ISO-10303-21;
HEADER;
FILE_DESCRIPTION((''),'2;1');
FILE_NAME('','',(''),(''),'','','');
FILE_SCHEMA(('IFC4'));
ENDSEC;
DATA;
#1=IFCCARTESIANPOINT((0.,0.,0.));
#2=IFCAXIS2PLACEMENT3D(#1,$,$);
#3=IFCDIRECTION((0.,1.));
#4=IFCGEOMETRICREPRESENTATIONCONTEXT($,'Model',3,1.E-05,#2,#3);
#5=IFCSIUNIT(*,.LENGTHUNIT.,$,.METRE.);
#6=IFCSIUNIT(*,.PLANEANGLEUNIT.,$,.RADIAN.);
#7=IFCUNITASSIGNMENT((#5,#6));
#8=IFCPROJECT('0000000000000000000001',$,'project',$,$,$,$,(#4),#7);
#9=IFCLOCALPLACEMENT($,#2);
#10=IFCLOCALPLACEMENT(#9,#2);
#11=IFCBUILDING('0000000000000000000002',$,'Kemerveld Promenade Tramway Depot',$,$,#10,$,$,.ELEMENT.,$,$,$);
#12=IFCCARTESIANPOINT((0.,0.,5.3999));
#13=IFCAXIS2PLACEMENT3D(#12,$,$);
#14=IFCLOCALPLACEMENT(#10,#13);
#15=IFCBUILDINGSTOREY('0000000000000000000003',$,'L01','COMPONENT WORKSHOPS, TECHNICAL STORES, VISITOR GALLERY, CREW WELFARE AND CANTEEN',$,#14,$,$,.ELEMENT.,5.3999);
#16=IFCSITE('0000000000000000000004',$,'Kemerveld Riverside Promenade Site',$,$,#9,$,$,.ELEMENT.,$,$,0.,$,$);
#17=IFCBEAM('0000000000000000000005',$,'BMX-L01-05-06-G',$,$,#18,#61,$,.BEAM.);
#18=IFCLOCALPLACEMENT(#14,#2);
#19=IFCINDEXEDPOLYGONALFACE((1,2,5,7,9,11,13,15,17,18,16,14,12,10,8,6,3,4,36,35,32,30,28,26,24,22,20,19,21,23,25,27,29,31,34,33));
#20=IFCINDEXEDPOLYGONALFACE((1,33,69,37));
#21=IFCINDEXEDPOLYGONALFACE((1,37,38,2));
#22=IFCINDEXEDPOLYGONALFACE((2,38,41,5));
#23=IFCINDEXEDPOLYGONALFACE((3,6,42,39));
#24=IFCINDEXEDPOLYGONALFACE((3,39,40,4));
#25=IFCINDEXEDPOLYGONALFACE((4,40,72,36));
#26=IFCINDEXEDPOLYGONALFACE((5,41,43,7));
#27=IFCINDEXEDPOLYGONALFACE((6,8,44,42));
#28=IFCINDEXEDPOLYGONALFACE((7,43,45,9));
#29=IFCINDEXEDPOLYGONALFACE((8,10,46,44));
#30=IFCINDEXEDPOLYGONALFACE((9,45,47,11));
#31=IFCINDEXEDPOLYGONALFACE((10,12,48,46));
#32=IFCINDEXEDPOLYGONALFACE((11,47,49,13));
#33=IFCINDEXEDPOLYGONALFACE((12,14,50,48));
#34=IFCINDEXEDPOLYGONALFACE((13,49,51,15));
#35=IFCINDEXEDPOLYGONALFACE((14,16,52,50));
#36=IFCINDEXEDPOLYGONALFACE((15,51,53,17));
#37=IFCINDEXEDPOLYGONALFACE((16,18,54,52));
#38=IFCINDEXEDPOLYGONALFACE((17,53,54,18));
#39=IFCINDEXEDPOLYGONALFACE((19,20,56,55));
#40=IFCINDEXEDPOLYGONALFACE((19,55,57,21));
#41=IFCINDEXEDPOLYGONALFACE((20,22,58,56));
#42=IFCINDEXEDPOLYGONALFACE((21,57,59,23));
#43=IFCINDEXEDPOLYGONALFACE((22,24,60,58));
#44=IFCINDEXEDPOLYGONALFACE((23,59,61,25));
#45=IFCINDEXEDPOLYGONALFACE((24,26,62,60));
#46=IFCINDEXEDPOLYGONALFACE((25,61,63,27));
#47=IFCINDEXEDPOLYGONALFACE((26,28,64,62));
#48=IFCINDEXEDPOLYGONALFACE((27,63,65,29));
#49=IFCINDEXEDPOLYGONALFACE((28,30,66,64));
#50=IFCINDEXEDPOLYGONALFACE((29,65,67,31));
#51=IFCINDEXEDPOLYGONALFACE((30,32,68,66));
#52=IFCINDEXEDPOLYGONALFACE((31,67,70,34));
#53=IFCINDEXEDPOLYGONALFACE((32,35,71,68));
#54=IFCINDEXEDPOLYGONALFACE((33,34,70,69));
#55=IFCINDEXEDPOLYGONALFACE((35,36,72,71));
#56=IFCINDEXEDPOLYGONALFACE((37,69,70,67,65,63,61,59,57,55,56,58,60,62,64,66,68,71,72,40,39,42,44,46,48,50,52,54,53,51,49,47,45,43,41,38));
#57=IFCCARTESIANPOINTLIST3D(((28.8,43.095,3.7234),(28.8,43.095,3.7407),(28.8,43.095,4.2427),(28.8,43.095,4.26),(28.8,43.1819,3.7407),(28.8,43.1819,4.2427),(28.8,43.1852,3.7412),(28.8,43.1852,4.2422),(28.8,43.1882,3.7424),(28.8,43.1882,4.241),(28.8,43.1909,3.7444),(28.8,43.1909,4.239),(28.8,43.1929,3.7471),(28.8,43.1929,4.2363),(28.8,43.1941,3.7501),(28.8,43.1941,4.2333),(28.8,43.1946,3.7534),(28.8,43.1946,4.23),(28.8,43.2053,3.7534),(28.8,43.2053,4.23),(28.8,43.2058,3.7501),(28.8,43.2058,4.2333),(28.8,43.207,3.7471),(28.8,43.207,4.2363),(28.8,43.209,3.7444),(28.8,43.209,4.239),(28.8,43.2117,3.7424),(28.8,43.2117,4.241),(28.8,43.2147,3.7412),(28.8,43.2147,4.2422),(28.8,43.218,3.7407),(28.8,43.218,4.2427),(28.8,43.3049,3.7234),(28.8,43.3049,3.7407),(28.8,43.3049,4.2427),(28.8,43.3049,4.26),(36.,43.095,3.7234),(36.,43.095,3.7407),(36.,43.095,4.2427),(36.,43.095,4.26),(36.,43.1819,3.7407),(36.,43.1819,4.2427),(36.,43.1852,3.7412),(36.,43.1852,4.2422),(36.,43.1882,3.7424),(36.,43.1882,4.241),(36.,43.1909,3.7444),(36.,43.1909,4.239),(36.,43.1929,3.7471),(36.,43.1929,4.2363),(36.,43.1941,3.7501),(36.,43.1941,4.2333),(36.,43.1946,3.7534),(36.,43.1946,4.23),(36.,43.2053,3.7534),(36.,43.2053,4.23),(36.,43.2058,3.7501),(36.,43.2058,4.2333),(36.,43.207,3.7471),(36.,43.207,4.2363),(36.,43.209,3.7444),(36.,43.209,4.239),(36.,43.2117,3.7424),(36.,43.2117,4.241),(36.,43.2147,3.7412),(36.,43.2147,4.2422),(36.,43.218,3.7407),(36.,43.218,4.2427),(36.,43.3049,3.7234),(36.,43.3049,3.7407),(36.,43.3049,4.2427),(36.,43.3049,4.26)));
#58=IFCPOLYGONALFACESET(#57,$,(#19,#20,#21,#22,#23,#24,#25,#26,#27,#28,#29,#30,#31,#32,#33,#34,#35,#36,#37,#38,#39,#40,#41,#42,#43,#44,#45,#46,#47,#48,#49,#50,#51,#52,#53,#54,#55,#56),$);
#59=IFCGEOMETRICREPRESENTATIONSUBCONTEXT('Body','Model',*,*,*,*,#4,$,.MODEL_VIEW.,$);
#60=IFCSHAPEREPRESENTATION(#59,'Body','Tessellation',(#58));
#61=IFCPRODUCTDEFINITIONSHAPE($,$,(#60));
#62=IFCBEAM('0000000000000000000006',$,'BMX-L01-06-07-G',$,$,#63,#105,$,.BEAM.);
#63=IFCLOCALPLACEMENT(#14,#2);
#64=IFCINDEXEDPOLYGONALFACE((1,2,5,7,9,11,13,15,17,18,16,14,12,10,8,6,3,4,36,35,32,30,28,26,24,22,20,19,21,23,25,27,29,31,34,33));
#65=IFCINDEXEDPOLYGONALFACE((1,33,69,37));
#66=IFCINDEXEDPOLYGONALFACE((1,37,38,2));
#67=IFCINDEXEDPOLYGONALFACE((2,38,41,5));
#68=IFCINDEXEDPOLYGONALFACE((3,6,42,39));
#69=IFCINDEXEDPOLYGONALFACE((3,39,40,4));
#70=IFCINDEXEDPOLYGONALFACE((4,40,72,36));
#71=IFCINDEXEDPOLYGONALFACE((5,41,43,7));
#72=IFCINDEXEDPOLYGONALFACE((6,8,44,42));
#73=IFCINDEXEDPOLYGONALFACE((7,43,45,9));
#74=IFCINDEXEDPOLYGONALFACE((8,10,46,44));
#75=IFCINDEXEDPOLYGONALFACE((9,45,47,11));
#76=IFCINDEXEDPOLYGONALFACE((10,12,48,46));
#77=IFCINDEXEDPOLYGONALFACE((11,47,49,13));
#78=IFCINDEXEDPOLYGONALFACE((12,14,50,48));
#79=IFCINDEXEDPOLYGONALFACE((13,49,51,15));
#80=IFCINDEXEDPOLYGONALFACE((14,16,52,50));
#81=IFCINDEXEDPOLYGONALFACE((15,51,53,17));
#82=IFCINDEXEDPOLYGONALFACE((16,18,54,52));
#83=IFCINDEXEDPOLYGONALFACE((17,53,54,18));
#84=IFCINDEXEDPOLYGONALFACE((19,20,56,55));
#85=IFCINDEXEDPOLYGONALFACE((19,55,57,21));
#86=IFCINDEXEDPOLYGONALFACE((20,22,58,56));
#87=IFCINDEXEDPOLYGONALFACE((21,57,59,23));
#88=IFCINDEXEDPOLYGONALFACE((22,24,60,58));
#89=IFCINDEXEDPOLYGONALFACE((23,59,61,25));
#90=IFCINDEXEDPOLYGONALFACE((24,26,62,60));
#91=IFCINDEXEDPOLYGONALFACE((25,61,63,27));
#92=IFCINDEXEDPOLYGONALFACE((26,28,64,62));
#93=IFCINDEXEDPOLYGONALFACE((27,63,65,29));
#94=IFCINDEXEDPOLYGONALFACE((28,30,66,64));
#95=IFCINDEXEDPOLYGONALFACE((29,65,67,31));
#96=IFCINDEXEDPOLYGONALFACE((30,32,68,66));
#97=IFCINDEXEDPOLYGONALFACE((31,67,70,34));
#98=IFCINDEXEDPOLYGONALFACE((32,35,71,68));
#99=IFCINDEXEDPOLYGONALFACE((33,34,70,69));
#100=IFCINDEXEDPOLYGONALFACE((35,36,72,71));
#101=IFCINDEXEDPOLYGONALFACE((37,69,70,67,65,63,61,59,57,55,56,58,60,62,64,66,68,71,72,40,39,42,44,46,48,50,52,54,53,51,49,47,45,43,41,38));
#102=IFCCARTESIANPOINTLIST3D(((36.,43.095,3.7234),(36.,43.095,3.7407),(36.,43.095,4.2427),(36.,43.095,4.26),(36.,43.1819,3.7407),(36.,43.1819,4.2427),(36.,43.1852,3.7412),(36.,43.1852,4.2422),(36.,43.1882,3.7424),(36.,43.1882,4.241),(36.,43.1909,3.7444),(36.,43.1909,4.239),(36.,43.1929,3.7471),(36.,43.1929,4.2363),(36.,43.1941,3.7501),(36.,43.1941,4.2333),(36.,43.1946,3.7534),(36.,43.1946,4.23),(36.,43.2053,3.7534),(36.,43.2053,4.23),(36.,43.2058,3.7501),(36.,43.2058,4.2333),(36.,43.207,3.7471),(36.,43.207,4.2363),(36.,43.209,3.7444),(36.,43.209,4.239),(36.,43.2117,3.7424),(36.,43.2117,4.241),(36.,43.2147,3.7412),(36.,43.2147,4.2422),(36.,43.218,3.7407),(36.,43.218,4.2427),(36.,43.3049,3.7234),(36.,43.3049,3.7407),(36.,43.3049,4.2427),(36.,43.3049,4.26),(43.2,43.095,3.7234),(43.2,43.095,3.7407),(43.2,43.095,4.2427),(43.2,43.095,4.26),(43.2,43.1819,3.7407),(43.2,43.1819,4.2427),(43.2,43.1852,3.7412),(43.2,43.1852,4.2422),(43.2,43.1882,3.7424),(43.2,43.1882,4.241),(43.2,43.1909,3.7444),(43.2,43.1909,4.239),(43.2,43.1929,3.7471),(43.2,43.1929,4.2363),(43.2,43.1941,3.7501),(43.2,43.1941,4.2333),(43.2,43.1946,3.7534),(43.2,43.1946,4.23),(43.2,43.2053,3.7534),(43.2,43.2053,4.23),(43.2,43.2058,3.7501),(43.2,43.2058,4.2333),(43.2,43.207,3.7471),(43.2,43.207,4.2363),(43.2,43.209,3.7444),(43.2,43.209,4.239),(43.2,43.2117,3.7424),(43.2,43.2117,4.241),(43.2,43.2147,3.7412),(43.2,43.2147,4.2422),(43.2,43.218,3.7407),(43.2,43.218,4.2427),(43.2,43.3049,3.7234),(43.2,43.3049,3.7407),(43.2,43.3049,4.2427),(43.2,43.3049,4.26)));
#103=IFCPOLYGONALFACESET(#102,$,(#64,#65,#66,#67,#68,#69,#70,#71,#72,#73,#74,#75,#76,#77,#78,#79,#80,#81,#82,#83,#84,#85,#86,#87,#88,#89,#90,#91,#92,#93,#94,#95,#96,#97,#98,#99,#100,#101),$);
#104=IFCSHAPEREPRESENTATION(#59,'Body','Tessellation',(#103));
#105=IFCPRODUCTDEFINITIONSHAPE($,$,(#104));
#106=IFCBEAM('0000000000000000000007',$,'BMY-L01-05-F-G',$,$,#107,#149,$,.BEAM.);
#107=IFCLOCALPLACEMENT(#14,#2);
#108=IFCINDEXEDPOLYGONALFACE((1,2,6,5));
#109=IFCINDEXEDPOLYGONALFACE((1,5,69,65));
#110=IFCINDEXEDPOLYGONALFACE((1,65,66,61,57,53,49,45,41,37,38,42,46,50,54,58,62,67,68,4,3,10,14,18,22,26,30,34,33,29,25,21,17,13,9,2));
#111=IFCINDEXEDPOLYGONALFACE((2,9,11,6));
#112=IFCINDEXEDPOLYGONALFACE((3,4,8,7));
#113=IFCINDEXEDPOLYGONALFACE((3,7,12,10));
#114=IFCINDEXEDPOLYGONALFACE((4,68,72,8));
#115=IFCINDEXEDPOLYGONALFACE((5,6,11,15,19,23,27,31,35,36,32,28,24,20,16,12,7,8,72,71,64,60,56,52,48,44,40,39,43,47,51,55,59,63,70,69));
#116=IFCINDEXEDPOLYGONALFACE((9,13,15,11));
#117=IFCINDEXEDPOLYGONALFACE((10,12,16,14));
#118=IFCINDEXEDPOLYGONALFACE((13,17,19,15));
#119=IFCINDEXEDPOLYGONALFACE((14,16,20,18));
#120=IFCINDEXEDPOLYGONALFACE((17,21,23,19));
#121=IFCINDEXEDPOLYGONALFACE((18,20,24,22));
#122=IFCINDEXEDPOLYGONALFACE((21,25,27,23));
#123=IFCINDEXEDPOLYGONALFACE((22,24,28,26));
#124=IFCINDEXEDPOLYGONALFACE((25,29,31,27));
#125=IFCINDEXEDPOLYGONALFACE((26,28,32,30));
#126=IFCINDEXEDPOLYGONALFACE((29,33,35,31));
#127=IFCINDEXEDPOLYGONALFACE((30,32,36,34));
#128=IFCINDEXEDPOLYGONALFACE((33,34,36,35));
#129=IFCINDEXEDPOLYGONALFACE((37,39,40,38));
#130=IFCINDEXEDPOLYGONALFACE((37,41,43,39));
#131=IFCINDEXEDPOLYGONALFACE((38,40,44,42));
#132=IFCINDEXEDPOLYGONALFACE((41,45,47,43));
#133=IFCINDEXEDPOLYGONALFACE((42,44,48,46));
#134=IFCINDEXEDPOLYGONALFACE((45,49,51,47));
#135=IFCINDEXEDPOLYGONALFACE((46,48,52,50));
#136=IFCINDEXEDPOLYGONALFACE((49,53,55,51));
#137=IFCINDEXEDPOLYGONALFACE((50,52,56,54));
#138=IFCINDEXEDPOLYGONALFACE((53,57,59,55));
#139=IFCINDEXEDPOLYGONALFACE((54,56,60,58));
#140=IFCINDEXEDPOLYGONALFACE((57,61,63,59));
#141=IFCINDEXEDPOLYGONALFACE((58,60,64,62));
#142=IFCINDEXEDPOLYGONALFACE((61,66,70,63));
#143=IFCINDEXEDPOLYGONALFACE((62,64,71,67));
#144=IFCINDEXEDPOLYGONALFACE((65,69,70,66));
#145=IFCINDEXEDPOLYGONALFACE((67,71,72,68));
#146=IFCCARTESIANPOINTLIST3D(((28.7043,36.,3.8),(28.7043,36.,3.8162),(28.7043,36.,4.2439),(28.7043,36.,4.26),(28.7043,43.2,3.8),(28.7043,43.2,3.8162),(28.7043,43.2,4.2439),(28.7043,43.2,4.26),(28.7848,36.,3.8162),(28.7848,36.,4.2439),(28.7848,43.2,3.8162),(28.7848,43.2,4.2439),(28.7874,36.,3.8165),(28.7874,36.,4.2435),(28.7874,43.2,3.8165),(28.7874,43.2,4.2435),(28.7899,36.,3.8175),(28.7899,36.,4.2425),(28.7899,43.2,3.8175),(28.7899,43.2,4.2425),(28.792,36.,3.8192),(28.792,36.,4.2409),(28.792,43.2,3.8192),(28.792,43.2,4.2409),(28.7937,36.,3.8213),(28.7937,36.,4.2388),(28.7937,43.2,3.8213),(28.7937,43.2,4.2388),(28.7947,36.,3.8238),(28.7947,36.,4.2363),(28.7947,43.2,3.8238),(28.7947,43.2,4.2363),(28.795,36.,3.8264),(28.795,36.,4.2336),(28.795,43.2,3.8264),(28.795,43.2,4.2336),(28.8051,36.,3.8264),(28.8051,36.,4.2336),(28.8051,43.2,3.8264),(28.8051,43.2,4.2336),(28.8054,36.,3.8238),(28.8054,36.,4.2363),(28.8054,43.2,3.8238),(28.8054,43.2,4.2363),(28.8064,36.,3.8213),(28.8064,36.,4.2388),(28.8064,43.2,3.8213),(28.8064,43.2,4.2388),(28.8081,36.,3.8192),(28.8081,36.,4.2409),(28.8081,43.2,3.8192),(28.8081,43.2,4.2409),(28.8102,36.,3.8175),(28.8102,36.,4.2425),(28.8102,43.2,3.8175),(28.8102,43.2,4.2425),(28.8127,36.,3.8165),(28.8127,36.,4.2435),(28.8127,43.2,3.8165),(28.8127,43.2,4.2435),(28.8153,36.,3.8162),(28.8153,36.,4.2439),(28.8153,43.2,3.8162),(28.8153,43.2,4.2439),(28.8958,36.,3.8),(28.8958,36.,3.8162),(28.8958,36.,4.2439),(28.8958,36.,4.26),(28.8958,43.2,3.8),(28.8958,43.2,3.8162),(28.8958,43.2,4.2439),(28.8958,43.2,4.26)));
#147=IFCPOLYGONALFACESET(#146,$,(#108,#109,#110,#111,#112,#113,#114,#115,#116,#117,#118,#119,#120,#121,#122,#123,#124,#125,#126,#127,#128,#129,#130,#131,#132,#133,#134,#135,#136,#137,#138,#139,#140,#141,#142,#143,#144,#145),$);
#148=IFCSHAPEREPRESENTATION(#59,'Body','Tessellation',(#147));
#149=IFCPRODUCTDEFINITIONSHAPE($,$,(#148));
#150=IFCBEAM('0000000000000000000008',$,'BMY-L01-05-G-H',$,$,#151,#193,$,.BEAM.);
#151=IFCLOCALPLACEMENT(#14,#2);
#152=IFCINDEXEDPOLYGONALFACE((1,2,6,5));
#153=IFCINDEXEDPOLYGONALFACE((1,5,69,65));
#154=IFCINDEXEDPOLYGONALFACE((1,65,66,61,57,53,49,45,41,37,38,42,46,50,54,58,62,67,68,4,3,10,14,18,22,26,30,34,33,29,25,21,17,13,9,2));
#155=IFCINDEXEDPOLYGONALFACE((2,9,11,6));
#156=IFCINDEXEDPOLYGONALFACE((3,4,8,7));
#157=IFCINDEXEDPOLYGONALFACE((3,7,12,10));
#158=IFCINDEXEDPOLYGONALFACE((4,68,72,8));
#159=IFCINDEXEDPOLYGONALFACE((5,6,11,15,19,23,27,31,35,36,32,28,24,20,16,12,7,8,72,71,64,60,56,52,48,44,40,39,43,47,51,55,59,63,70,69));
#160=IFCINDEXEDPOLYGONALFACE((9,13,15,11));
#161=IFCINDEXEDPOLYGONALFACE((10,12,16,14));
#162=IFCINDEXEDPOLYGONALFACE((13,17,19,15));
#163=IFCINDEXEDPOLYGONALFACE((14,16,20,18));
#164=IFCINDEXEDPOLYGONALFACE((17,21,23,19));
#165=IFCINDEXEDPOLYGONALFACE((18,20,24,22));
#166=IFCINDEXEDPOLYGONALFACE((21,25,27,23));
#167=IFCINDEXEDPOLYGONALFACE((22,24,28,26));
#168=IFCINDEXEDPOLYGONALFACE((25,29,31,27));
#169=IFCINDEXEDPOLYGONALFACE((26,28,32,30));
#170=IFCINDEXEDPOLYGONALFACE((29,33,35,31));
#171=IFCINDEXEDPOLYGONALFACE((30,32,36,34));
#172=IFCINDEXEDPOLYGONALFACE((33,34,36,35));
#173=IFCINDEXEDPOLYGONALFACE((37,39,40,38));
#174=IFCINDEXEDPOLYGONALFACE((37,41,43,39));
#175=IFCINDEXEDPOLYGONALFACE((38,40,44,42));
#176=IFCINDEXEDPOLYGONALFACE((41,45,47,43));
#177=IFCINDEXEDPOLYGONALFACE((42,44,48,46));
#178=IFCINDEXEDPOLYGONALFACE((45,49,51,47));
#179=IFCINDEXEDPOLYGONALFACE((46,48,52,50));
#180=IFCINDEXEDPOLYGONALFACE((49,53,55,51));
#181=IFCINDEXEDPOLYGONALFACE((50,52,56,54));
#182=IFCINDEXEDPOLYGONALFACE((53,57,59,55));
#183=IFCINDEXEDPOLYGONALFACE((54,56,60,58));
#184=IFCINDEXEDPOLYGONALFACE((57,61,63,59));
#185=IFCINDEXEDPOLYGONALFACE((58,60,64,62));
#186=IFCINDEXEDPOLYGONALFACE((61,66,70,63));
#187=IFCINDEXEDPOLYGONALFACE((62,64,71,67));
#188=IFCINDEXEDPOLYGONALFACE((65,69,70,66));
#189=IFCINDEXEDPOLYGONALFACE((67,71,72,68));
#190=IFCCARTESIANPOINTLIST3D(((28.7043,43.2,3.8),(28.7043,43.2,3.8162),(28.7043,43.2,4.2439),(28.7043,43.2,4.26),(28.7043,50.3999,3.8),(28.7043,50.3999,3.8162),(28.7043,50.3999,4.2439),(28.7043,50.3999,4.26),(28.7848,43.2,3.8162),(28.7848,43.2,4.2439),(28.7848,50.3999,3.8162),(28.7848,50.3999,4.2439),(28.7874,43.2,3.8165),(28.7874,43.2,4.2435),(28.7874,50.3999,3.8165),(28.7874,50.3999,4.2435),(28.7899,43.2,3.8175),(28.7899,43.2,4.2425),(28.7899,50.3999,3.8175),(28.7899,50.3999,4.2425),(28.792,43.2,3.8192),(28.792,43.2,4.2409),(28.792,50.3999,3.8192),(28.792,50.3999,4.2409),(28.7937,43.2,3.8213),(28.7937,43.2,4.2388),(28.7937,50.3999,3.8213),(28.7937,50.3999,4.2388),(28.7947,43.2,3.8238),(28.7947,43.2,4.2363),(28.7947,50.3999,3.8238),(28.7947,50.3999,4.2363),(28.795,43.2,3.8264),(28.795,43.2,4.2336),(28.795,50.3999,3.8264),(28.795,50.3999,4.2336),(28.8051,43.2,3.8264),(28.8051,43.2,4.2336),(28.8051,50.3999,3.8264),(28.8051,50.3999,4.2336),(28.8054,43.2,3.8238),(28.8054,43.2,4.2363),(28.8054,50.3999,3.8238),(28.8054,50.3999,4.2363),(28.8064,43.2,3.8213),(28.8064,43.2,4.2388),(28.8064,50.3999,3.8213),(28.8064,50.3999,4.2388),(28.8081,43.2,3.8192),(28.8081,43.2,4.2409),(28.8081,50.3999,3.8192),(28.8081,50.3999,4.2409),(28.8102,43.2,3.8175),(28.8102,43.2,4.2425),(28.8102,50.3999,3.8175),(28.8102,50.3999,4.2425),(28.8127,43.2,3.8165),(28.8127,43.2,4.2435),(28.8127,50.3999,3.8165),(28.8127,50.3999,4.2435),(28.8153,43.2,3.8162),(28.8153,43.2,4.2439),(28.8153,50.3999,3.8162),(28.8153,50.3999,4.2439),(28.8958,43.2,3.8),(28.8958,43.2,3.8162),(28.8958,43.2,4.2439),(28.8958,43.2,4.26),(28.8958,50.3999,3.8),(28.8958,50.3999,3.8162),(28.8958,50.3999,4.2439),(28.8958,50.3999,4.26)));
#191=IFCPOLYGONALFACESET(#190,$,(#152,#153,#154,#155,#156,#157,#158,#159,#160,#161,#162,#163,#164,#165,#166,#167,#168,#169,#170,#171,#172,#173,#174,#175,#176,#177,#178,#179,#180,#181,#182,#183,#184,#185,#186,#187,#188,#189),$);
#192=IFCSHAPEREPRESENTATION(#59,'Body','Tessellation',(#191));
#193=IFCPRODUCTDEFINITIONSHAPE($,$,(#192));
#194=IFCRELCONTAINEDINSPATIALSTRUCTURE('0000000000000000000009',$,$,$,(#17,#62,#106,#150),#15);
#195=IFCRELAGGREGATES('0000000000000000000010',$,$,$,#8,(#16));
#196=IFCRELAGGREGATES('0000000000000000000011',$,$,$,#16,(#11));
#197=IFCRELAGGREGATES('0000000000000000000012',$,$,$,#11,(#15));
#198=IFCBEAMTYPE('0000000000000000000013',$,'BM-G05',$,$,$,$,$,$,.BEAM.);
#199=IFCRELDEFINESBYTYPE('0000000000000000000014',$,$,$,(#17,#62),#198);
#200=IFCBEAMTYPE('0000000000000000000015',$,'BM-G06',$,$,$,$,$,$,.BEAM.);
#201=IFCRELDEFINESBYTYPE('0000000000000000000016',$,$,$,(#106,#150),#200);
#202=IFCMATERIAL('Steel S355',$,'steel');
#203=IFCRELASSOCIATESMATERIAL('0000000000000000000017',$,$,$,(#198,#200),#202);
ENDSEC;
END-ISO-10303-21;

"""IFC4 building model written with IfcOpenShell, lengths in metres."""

from ifc_helpers import new_model, si_unit, direction, frame, origin, origin_2d, place, context, subcontext, project, spatial, i_section, extrude, material, material_profile, profile_set, type_object, element, save


model = new_model("IFC4")

# Units and contexts
model_context = context("Model", 3, precision=1e-05, world=origin(), true_north=direction((0.0, 1.0)))
body_context = subcontext(model_context, "Body", "Model", "MODEL_VIEW")
ifc_project = project(units=[si_unit("LENGTHUNIT", "METRE"), si_unit("PLANEANGLEUNIT", "RADIAN")], contexts=[model_context])

# Site, building, storey
site_placement = place(None, origin())
site = spatial("IfcSite", under=ifc_project, at=site_placement, Name="Kemerveld Riverside Promenade Site", CompositionType="ELEMENT", RefElevation=0.0)
building_placement = place(site_placement, origin())
building = spatial("IfcBuilding", under=site, at=building_placement, Name="Kemerveld Promenade Tramway Depot", CompositionType="ELEMENT")
storey_placement = place(building_placement, frame((0.0, 0.0, 5.3999)))
storey = spatial("IfcBuildingStorey", under=building, at=storey_placement, Name="L01", Description="COMPONENT WORKSHOPS, TECHNICAL STORES, VISITOR GALLERY, CREW WELFARE AND CANTEEN", CompositionType="ELEMENT", Elevation=5.3999)

# Shared definitions
ifc_material_1 = material(Name="Steel S355", Category="steel")

# Beams
ifc_material_profile_1 = material_profile(ifc_material_1, i_section(OverallWidth=0.21, OverallDepth=0.5366, WebThickness=0.0107, FlangeThickness=0.0173, FilletRadius=0.0127, at=origin_2d()), Name="533x210x101 UB")
ifc_profile_set_1 = profile_set([ifc_material_profile_1], Name="Steel S355")
beam_type_1 = type_object("IfcBeamType", Name="BM-G05", PredefinedType="BEAM", material=ifc_profile_set_1)
for number, where, z_axis, x_axis, name in (
    (1, (28.8, 43.2, 3.9917), (1.0, 0.0, 0.0), (0.0, 1.0, 0.0), "BMX-L01-05-06-G"),
    (2, (36.0, 43.2, 3.9917), (1.0, 0.0, 0.0), (0.0, 1.0, 0.0), "BMX-L01-06-07-G"),
):
    element("IfcBeam", number, at=place(storey_placement, frame(where, z_axis=z_axis, x_axis=x_axis)), inside=storey, type_object=beam_type_1, Name=name, PredefinedType="BEAM", context=body_context, shape_type="SweptSolid", body=[
        extrude(i_section(OverallWidth=0.21, OverallDepth=0.5366, WebThickness=0.0107, FlangeThickness=0.0173, FilletRadius=0.0127, at=origin_2d()), origin(), (0.0, 0.0, 1.0), 7.2),
    ])
ifc_material_profile_2 = material_profile(ifc_material_1, i_section(OverallWidth=0.1914, OverallDepth=0.46, WebThickness=0.01, FlangeThickness=0.0161, FilletRadius=0.0103, at=origin_2d()), Name="457x191x82 UB")
ifc_profile_set_2 = profile_set([ifc_material_profile_2], Name="Steel S355")
beam_type_2 = type_object("IfcBeamType", Name="BM-G06", PredefinedType="BEAM", material=ifc_profile_set_2)
for number, where, z_axis, x_axis, name in (
    (3, (28.8, 36.0, 4.03), (0.0, 1.0, 0.0), (-1.0, 0.0, 0.0), "BMY-L01-05-F-G"),
    (4, (28.8, 43.2, 4.03), (0.0, 1.0, 0.0), (-1.0, 0.0, 0.0), "BMY-L01-05-G-H"),
):
    element("IfcBeam", number, at=place(storey_placement, frame(where, z_axis=z_axis, x_axis=x_axis)), inside=storey, type_object=beam_type_2, Name=name, PredefinedType="BEAM", context=body_context, shape_type="SweptSolid", body=[
        extrude(i_section(OverallWidth=0.1914, OverallDepth=0.46, WebThickness=0.01, FlangeThickness=0.0161, FilletRadius=0.0103, at=origin_2d()), origin(), (0.0, 0.0, 1.0), 7.2),
    ])

save(model, "model.ifc")
